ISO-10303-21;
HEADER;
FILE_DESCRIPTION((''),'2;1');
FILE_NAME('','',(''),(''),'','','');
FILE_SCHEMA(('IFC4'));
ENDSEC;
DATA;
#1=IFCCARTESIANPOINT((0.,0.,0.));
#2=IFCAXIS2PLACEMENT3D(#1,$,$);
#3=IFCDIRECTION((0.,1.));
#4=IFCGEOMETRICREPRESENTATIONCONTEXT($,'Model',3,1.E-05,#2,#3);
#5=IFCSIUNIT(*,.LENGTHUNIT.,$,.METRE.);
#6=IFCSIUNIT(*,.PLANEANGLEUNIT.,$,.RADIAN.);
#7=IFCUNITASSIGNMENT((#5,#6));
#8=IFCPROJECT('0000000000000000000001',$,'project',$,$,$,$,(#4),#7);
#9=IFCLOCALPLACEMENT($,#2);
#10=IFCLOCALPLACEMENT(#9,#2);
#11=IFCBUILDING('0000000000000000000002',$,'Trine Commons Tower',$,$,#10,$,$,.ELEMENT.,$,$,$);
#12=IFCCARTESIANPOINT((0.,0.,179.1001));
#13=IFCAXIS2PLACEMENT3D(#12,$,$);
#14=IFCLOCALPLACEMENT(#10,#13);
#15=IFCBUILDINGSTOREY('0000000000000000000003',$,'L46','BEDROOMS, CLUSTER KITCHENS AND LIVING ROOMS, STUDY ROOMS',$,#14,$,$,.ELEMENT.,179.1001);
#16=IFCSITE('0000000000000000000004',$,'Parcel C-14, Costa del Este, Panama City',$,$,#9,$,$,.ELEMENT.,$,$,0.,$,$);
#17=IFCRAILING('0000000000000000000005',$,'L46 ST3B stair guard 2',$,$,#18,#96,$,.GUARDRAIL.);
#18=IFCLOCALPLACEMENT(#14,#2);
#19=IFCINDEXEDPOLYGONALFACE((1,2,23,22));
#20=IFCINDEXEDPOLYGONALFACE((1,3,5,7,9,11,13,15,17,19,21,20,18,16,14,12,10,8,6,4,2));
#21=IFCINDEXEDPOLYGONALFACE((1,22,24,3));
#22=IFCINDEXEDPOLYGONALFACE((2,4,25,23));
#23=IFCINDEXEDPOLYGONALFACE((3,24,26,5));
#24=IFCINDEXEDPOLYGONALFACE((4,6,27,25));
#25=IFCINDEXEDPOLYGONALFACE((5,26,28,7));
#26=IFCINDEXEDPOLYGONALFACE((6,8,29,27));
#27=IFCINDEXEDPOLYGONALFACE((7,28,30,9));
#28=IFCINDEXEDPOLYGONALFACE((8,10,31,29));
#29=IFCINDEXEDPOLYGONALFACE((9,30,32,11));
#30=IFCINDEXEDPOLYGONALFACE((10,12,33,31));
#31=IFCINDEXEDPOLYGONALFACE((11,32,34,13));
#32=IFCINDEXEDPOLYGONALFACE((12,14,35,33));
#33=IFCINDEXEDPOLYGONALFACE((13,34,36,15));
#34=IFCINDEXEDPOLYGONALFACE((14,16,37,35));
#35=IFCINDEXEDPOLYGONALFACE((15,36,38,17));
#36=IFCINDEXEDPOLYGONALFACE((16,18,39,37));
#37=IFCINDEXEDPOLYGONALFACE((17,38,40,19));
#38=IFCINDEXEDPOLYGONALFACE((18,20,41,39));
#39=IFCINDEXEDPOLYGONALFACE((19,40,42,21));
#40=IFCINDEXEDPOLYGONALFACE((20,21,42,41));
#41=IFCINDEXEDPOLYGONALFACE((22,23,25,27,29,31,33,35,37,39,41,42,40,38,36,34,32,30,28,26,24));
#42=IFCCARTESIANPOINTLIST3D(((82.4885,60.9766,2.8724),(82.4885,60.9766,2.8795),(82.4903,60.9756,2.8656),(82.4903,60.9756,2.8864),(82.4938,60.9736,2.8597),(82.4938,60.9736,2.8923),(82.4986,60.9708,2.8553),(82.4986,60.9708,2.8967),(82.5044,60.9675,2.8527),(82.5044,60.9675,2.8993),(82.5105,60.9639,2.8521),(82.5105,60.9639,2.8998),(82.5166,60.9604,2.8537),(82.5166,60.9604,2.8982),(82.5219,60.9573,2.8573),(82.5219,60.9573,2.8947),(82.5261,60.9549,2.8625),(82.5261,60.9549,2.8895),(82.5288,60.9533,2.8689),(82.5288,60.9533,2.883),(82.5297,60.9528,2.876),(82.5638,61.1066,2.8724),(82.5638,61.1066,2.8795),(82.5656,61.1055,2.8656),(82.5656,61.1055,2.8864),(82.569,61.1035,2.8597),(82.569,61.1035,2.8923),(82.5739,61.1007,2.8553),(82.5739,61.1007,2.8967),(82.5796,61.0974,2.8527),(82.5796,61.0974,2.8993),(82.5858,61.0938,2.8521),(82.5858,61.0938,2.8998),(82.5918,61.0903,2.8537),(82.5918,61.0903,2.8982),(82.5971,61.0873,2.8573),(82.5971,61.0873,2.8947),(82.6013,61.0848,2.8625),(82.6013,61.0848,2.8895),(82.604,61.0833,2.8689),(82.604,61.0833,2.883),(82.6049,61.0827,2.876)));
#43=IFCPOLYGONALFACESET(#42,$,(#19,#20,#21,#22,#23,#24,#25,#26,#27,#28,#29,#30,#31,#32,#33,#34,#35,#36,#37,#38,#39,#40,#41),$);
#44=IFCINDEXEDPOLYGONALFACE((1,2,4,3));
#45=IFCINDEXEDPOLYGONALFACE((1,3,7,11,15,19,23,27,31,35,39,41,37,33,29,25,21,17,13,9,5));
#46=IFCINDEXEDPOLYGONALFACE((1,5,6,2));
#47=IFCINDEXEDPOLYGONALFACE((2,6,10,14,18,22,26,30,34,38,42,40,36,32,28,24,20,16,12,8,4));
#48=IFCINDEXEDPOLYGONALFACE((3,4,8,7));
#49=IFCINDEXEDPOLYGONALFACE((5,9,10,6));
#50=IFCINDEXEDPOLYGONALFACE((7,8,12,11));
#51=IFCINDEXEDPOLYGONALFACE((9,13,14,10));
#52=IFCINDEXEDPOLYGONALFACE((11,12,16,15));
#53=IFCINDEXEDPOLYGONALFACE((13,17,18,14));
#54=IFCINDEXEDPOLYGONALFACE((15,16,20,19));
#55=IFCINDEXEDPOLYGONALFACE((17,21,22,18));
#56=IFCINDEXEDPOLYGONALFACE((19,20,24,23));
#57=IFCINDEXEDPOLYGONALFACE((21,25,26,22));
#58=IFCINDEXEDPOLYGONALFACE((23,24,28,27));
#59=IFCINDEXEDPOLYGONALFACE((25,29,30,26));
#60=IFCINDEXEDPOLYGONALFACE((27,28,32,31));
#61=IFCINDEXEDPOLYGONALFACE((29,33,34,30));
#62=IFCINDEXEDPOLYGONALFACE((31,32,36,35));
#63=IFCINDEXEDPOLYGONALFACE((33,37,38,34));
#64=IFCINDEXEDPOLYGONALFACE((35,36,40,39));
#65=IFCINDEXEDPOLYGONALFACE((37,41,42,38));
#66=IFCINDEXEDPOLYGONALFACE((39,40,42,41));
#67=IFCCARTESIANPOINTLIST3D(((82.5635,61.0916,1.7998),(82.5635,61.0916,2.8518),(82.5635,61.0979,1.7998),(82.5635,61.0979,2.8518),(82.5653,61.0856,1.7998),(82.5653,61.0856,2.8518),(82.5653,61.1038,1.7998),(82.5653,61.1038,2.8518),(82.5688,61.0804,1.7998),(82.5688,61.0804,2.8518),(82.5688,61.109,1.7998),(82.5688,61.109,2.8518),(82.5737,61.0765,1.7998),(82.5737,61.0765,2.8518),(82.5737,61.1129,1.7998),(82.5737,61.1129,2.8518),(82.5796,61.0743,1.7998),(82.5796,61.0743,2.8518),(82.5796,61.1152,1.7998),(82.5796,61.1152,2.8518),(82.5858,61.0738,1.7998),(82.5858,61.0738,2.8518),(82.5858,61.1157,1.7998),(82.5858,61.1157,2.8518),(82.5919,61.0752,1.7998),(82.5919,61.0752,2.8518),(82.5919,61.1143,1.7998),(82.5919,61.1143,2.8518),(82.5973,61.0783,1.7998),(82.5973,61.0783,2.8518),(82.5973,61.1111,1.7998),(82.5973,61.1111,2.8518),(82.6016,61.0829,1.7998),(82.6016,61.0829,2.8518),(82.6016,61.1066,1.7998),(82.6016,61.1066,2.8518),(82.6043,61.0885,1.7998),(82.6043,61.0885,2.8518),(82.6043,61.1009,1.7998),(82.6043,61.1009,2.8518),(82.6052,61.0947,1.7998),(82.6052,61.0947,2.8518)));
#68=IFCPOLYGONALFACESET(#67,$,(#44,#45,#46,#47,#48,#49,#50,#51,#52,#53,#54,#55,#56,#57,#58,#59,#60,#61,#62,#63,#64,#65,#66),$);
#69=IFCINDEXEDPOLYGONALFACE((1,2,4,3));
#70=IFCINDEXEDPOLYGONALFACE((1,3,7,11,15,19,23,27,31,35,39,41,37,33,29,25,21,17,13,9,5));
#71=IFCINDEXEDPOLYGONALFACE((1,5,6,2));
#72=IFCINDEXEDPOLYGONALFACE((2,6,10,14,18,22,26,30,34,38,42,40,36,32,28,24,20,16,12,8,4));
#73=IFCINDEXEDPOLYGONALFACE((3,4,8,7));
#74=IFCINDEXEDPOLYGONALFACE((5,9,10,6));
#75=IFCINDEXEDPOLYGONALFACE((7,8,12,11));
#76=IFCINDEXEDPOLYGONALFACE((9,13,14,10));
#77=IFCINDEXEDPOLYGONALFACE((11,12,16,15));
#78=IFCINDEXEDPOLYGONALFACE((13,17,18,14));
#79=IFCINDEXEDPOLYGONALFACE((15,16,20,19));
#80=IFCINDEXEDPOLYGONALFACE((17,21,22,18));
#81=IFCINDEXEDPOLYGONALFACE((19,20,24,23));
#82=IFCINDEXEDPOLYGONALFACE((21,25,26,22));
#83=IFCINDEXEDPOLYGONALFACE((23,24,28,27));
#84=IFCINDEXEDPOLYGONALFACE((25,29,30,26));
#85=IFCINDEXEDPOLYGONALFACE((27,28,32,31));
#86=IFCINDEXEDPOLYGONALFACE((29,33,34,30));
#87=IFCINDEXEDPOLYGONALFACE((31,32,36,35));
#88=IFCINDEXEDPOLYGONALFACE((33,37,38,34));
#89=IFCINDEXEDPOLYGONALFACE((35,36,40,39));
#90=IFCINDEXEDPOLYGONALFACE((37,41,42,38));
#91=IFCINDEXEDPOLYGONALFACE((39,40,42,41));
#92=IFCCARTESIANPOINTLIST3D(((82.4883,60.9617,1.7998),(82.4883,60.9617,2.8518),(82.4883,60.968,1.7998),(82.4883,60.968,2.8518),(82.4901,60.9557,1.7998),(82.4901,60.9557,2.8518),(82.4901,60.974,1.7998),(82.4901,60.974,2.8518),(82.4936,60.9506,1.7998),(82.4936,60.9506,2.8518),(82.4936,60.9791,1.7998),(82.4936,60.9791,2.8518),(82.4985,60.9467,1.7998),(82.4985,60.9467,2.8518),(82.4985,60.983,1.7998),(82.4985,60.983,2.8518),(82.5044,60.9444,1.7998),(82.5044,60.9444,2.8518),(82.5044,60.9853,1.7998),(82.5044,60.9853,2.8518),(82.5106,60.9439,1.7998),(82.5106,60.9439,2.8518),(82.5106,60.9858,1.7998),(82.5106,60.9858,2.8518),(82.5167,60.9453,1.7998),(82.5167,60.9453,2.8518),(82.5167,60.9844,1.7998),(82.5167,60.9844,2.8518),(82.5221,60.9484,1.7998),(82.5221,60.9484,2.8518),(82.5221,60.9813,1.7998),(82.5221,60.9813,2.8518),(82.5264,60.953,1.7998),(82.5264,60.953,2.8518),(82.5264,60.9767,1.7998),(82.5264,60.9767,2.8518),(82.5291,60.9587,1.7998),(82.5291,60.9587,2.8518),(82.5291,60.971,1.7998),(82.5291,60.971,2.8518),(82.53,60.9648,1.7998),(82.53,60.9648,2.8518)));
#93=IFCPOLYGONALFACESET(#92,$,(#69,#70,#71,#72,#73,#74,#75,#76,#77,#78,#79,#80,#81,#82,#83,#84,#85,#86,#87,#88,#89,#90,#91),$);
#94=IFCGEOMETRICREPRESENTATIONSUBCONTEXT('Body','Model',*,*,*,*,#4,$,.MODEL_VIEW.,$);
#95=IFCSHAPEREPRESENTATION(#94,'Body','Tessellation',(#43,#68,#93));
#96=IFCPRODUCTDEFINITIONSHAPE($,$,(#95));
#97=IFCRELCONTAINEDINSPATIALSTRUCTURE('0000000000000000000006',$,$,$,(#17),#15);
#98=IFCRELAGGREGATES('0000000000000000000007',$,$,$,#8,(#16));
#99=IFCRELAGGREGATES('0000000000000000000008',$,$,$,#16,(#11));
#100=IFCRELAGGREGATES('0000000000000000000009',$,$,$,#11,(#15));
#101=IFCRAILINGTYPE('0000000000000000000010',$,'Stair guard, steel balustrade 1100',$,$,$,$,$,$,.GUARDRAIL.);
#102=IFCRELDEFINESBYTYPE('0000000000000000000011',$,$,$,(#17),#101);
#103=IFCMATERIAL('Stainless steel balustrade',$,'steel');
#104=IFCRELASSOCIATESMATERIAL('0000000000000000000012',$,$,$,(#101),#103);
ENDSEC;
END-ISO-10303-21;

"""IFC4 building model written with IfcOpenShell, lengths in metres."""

from ifc_helpers import new_model, si_unit, direction, frame, origin, origin_2d, place, context, subcontext, project, spatial, circle, extrude, material, type_object, element, save


model = new_model("IFC4")

# Units and contexts
model_context = context("Model", 3, precision=1e-05, world=origin(), true_north=direction((0.0, 1.0)))
body_context = subcontext(model_context, "Body", "Model", "MODEL_VIEW")
ifc_project = project(units=[si_unit("LENGTHUNIT", "METRE"), si_unit("PLANEANGLEUNIT", "RADIAN")], contexts=[model_context])

# Site, building, storey
site_placement = place(None, origin())
site = spatial("IfcSite", under=ifc_project, at=site_placement, Name="Parcel C-14, Costa del Este, Panama City", CompositionType="ELEMENT", RefElevation=0.0)
building_placement = place(site_placement, origin())
building = spatial("IfcBuilding", under=site, at=building_placement, Name="Trine Commons Tower", CompositionType="ELEMENT")
storey_placement = place(building_placement, frame((0.0, 0.0, 179.1001)))
storey = spatial("IfcBuildingStorey", under=building, at=storey_placement, Name="L46", Description="BEDROOMS, CLUSTER KITCHENS AND LIVING ROOMS, STUDY ROOMS", CompositionType="ELEMENT", Elevation=179.1001)

# Railing
ifc_material_1 = material(Name="Stainless steel balustrade", Category="steel")
railing_type_1 = type_object("IfcRailingType", Name="Stair guard, steel balustrade 1100", PredefinedType="GUARDRAIL", material=ifc_material_1)
railing_1_placement = place(storey_placement, frame((82.5842, 61.0947, 1.7998)))
element("IfcRailing", 1, at=railing_1_placement, inside=storey, type_object=railing_type_1, Name="L46 ST3B stair guard 2", PredefinedType="GUARDRAIL", context=body_context, shape_type="SweptSolid", body=[
    extrude(circle(Radius=0.0239, at=origin_2d()), frame((0.0, 0.0, 1.0762), z_axis=(-0.501036, -0.865426, 0.0), x_axis=(0.865426, -0.501036, 0.0)), (0.0, 0.0, 1.0), 0.1501),
    extrude(circle(Radius=0.021, at=origin_2d()), origin(), (0.0, 0.0, 1.0), 1.052),
    extrude(circle(Radius=0.021, at=origin_2d()), frame((-0.0752, -0.1299, 0.0)), (0.0, 0.0, 1.0), 1.052),
])

save(model, "model.ifc")
